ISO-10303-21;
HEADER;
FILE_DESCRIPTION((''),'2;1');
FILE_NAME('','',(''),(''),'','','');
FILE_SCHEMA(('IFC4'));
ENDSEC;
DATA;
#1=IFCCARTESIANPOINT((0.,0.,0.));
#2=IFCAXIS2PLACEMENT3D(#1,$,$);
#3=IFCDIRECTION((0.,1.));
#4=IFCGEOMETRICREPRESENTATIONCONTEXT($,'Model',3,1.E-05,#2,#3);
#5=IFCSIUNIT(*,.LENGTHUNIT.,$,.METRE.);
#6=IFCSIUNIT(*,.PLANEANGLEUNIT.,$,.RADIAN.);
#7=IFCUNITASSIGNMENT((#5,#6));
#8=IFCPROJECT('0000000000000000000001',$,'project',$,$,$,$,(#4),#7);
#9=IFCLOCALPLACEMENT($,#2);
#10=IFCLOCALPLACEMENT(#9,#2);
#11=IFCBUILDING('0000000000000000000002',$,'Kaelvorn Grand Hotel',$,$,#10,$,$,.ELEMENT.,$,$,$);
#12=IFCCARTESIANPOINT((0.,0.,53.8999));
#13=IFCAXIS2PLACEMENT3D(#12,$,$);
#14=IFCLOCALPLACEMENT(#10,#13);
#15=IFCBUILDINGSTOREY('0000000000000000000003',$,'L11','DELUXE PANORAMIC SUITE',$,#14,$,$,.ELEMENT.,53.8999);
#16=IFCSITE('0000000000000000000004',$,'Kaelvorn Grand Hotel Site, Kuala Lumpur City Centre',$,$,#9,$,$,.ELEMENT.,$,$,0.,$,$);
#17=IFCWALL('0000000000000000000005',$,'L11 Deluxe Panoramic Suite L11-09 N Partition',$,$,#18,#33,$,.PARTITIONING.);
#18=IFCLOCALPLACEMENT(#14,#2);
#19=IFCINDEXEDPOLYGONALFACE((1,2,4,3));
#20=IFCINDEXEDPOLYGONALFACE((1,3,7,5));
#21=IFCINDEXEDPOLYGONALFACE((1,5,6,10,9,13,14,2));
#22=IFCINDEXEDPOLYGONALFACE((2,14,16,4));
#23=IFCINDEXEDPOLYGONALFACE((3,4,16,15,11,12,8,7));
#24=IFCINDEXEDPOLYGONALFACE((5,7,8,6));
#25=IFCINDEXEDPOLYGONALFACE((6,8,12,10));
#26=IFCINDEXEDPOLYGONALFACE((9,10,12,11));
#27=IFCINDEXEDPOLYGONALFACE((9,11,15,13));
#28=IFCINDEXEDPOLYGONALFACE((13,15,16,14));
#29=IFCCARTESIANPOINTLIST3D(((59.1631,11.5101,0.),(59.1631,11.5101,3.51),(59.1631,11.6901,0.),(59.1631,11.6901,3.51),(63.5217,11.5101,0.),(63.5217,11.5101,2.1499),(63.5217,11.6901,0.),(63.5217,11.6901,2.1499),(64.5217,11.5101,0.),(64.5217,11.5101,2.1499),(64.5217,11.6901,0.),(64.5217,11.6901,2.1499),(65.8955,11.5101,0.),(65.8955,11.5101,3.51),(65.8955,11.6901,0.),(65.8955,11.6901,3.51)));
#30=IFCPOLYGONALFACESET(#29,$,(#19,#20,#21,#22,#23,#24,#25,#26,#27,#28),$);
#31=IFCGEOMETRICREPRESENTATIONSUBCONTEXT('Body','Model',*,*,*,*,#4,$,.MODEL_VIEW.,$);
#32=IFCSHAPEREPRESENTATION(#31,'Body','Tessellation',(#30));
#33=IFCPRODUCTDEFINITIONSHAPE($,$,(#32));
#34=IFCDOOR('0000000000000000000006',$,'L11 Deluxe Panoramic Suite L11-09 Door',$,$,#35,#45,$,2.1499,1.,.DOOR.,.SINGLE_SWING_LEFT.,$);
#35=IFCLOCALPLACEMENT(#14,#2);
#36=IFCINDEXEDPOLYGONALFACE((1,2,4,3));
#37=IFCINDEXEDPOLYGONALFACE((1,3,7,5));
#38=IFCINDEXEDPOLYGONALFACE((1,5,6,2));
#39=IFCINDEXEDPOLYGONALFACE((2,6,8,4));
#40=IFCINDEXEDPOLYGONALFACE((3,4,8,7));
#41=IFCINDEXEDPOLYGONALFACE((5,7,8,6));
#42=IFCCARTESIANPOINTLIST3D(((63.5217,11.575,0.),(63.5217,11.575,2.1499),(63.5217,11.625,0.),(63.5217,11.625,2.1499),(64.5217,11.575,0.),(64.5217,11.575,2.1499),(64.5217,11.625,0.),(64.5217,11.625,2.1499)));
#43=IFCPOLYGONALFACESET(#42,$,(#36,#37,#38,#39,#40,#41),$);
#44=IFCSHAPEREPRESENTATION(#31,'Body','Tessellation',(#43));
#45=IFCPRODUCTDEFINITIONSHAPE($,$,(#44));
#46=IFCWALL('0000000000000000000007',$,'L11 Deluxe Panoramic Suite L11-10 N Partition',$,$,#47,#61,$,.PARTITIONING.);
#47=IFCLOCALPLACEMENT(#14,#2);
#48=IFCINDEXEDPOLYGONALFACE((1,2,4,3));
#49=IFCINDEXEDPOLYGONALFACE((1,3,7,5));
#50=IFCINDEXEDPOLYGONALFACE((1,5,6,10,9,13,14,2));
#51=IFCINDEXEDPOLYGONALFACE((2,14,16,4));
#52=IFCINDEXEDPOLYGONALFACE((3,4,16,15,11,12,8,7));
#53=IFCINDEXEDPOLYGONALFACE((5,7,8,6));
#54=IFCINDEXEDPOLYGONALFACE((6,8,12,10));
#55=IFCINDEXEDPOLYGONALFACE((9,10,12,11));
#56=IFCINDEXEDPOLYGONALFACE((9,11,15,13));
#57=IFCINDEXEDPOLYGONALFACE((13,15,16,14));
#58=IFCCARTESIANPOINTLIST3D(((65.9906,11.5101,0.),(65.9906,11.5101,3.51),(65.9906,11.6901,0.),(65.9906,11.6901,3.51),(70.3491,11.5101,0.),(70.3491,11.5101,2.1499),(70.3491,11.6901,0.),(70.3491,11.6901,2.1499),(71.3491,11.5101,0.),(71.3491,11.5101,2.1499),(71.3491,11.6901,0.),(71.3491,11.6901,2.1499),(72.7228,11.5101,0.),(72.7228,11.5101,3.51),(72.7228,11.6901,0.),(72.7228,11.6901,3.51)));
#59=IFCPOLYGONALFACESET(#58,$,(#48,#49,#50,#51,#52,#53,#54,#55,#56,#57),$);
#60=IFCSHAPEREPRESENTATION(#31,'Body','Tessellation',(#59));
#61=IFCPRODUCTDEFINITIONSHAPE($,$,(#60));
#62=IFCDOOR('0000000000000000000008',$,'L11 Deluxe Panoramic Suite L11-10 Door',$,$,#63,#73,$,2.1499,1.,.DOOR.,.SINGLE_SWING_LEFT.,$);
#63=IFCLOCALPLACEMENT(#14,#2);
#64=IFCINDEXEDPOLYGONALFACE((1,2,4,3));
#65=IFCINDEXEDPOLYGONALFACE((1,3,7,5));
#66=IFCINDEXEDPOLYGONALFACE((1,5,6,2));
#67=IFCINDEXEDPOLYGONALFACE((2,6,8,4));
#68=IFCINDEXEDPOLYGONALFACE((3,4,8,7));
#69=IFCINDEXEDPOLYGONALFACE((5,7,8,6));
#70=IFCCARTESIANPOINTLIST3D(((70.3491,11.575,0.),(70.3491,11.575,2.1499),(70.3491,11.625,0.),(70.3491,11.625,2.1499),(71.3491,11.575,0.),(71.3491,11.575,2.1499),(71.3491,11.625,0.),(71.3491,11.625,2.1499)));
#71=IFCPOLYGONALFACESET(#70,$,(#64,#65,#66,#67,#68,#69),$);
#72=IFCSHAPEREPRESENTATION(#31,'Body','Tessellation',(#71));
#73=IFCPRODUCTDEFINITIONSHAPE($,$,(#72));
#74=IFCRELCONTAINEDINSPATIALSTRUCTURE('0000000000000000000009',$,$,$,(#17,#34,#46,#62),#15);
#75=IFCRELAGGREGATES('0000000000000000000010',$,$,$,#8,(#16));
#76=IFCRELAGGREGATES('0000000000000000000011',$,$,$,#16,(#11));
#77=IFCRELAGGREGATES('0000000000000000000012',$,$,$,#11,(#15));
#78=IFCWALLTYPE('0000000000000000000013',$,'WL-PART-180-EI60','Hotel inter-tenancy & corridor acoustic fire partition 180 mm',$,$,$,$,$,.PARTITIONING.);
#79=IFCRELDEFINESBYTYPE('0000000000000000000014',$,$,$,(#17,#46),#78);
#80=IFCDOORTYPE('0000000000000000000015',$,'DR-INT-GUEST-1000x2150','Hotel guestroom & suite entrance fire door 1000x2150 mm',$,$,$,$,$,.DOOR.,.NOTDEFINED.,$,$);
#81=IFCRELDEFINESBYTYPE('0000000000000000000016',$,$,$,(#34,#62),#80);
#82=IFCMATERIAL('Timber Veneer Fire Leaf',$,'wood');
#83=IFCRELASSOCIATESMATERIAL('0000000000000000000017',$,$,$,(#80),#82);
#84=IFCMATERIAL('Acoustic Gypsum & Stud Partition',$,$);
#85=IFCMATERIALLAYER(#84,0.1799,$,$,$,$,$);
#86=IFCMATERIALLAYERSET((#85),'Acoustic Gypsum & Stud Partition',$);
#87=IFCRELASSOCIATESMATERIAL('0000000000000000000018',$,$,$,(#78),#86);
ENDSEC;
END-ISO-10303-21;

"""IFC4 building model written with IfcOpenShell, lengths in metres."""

from ifc_helpers import new_model, si_unit, direction, frame, frame_2d, origin, place, context, subcontext, project, spatial, rectangle, extrude, material, layer, layer_set, type_object, element, fill, save


model = new_model("IFC4")

# Units and contexts
model_context = context("Model", 3, precision=1e-05, world=origin(), true_north=direction((0.0, 1.0)))
body_context = subcontext(model_context, "Body", "Model", "MODEL_VIEW")
ifc_project = project(units=[si_unit("LENGTHUNIT", "METRE"), si_unit("PLANEANGLEUNIT", "RADIAN")], contexts=[model_context])

# Site, building, storey
site_placement = place(None, origin())
site = spatial("IfcSite", under=ifc_project, at=site_placement, Name="Kaelvorn Grand Hotel Site, Kuala Lumpur City Centre", CompositionType="ELEMENT", RefElevation=0.0)
building_placement = place(site_placement, origin())
building = spatial("IfcBuilding", under=site, at=building_placement, Name="Kaelvorn Grand Hotel", CompositionType="ELEMENT")
storey_placement = place(building_placement, frame((0.0, 0.0, 53.8999)))
storey = spatial("IfcBuildingStorey", under=building, at=storey_placement, Name="L11", Description="DELUXE PANORAMIC SUITE", CompositionType="ELEMENT", Elevation=53.8999)

# Shared definitions
ifc_material_1 = material(Name="Acoustic Gypsum & Stud Partition")

# Walls, openings, doors
ifc_material_2 = material(Name="Timber Veneer Fire Leaf", Category="wood")
door_type_1 = type_object("IfcDoorType", Name="DR-INT-GUEST-1000x2150", Description="Hotel guestroom & suite entrance fire door 1000x2150 mm", OperationType="NOTDEFINED", PredefinedType="DOOR", material=ifc_material_2)
ifc_layer_1 = layer(ifc_material_1, 0.1799)
ifc_layer_set_1 = layer_set([ifc_layer_1], Name="Acoustic Gypsum & Stud Partition")
wall_type_1 = type_object("IfcWallType", Name="WL-PART-180-EI60", Description="Hotel inter-tenancy & corridor acoustic fire partition 180 mm", PredefinedType="PARTITIONING", material=ifc_layer_set_1)
wall_1_placement = place(storey_placement, frame((59.1631, 11.6001, 0.0), z_axis=(0.0, 0.0, 1.0), x_axis=(1.0, 0.0, 0.0)))
wall_1 = element("IfcWall", 1, at=wall_1_placement, inside=storey, type_object=wall_type_1, Name="L11 Deluxe Panoramic Suite L11-09 N Partition", PredefinedType="PARTITIONING", context=body_context, shape_type="SweptSolid", body=[
    extrude(rectangle(XDim=6.7324, YDim=0.1799, at=frame_2d((3.3662, 0.0))), origin(), (0.0, 0.0, 1.0), 3.51),
])
opening_1_placement = place(wall_1_placement, frame((4.3586, 0.0, 0.0)))
opening_1 = element("IfcOpeningElement", 2, at=opening_1_placement, cuts=wall_1, PredefinedType="OPENING", context=body_context, shape_type="SweptSolid", body=[
    extrude(rectangle(XDim=1.0, YDim=2.1499, at=frame_2d((0.5, 1.075))), frame((0.0, 0.1001, 0.0), z_axis=(0.0, -1.0, 0.0), x_axis=(1.0, 0.0, 0.0)), (0.0, 0.0, 1.0), 0.2),
])
door_1_placement = place(opening_1_placement, origin())
door_1 = element("IfcDoor", 3, at=door_1_placement, inside=storey, type_object=door_type_1, Name="L11 Deluxe Panoramic Suite L11-09 Door", OperationType="SINGLE_SWING_LEFT", OverallHeight=2.1499, OverallWidth=1.0, PredefinedType="DOOR", context=body_context, shape_type="SweptSolid", body=[
    extrude(rectangle(XDim=1.0, YDim=2.1499, at=frame_2d((0.5, 1.075))), frame((0.0, 0.0249, 0.0), z_axis=(0.0, -1.0, 0.0), x_axis=(1.0, 0.0, 0.0)), (0.0, 0.0, 1.0), 0.05),
])
fill(opening_1, door_1)
wall_2_placement = place(storey_placement, frame((65.9905, 11.6001, 0.0), z_axis=(0.0, 0.0, 1.0), x_axis=(1.0, 0.0, 0.0)))
wall_2 = element("IfcWall", 4, at=wall_2_placement, inside=storey, type_object=wall_type_1, Name="L11 Deluxe Panoramic Suite L11-10 N Partition", PredefinedType="PARTITIONING", context=body_context, shape_type="SweptSolid", body=[
    extrude(rectangle(XDim=6.7322, YDim=0.1799, at=frame_2d((3.3662, 0.0))), origin(), (0.0, 0.0, 1.0), 3.51),
])
opening_2_placement = place(wall_2_placement, frame((4.3586, 0.0, 0.0)))
opening_2 = element("IfcOpeningElement", 5, at=opening_2_placement, cuts=wall_2, PredefinedType="OPENING", context=body_context, shape_type="SweptSolid", body=[
    extrude(rectangle(XDim=1.0, YDim=2.1499, at=frame_2d((0.5, 1.075))), frame((0.0, 0.1001, 0.0), z_axis=(0.0, -1.0, 0.0), x_axis=(1.0, 0.0, 0.0)), (0.0, 0.0, 1.0), 0.2),
])
door_2_placement = place(opening_2_placement, origin())
door_2 = element("IfcDoor", 6, at=door_2_placement, inside=storey, type_object=door_type_1, Name="L11 Deluxe Panoramic Suite L11-10 Door", OperationType="SINGLE_SWING_LEFT", OverallHeight=2.1499, OverallWidth=1.0, PredefinedType="DOOR", context=body_context, shape_type="SweptSolid", body=[
    extrude(rectangle(XDim=1.0, YDim=2.1499, at=frame_2d((0.5, 1.075))), frame((0.0, 0.0249, 0.0), z_axis=(0.0, -1.0, 0.0), x_axis=(1.0, 0.0, 0.0)), (0.0, 0.0, 1.0), 0.05),
])
fill(opening_2, door_2)

save(model, "model.ifc")
